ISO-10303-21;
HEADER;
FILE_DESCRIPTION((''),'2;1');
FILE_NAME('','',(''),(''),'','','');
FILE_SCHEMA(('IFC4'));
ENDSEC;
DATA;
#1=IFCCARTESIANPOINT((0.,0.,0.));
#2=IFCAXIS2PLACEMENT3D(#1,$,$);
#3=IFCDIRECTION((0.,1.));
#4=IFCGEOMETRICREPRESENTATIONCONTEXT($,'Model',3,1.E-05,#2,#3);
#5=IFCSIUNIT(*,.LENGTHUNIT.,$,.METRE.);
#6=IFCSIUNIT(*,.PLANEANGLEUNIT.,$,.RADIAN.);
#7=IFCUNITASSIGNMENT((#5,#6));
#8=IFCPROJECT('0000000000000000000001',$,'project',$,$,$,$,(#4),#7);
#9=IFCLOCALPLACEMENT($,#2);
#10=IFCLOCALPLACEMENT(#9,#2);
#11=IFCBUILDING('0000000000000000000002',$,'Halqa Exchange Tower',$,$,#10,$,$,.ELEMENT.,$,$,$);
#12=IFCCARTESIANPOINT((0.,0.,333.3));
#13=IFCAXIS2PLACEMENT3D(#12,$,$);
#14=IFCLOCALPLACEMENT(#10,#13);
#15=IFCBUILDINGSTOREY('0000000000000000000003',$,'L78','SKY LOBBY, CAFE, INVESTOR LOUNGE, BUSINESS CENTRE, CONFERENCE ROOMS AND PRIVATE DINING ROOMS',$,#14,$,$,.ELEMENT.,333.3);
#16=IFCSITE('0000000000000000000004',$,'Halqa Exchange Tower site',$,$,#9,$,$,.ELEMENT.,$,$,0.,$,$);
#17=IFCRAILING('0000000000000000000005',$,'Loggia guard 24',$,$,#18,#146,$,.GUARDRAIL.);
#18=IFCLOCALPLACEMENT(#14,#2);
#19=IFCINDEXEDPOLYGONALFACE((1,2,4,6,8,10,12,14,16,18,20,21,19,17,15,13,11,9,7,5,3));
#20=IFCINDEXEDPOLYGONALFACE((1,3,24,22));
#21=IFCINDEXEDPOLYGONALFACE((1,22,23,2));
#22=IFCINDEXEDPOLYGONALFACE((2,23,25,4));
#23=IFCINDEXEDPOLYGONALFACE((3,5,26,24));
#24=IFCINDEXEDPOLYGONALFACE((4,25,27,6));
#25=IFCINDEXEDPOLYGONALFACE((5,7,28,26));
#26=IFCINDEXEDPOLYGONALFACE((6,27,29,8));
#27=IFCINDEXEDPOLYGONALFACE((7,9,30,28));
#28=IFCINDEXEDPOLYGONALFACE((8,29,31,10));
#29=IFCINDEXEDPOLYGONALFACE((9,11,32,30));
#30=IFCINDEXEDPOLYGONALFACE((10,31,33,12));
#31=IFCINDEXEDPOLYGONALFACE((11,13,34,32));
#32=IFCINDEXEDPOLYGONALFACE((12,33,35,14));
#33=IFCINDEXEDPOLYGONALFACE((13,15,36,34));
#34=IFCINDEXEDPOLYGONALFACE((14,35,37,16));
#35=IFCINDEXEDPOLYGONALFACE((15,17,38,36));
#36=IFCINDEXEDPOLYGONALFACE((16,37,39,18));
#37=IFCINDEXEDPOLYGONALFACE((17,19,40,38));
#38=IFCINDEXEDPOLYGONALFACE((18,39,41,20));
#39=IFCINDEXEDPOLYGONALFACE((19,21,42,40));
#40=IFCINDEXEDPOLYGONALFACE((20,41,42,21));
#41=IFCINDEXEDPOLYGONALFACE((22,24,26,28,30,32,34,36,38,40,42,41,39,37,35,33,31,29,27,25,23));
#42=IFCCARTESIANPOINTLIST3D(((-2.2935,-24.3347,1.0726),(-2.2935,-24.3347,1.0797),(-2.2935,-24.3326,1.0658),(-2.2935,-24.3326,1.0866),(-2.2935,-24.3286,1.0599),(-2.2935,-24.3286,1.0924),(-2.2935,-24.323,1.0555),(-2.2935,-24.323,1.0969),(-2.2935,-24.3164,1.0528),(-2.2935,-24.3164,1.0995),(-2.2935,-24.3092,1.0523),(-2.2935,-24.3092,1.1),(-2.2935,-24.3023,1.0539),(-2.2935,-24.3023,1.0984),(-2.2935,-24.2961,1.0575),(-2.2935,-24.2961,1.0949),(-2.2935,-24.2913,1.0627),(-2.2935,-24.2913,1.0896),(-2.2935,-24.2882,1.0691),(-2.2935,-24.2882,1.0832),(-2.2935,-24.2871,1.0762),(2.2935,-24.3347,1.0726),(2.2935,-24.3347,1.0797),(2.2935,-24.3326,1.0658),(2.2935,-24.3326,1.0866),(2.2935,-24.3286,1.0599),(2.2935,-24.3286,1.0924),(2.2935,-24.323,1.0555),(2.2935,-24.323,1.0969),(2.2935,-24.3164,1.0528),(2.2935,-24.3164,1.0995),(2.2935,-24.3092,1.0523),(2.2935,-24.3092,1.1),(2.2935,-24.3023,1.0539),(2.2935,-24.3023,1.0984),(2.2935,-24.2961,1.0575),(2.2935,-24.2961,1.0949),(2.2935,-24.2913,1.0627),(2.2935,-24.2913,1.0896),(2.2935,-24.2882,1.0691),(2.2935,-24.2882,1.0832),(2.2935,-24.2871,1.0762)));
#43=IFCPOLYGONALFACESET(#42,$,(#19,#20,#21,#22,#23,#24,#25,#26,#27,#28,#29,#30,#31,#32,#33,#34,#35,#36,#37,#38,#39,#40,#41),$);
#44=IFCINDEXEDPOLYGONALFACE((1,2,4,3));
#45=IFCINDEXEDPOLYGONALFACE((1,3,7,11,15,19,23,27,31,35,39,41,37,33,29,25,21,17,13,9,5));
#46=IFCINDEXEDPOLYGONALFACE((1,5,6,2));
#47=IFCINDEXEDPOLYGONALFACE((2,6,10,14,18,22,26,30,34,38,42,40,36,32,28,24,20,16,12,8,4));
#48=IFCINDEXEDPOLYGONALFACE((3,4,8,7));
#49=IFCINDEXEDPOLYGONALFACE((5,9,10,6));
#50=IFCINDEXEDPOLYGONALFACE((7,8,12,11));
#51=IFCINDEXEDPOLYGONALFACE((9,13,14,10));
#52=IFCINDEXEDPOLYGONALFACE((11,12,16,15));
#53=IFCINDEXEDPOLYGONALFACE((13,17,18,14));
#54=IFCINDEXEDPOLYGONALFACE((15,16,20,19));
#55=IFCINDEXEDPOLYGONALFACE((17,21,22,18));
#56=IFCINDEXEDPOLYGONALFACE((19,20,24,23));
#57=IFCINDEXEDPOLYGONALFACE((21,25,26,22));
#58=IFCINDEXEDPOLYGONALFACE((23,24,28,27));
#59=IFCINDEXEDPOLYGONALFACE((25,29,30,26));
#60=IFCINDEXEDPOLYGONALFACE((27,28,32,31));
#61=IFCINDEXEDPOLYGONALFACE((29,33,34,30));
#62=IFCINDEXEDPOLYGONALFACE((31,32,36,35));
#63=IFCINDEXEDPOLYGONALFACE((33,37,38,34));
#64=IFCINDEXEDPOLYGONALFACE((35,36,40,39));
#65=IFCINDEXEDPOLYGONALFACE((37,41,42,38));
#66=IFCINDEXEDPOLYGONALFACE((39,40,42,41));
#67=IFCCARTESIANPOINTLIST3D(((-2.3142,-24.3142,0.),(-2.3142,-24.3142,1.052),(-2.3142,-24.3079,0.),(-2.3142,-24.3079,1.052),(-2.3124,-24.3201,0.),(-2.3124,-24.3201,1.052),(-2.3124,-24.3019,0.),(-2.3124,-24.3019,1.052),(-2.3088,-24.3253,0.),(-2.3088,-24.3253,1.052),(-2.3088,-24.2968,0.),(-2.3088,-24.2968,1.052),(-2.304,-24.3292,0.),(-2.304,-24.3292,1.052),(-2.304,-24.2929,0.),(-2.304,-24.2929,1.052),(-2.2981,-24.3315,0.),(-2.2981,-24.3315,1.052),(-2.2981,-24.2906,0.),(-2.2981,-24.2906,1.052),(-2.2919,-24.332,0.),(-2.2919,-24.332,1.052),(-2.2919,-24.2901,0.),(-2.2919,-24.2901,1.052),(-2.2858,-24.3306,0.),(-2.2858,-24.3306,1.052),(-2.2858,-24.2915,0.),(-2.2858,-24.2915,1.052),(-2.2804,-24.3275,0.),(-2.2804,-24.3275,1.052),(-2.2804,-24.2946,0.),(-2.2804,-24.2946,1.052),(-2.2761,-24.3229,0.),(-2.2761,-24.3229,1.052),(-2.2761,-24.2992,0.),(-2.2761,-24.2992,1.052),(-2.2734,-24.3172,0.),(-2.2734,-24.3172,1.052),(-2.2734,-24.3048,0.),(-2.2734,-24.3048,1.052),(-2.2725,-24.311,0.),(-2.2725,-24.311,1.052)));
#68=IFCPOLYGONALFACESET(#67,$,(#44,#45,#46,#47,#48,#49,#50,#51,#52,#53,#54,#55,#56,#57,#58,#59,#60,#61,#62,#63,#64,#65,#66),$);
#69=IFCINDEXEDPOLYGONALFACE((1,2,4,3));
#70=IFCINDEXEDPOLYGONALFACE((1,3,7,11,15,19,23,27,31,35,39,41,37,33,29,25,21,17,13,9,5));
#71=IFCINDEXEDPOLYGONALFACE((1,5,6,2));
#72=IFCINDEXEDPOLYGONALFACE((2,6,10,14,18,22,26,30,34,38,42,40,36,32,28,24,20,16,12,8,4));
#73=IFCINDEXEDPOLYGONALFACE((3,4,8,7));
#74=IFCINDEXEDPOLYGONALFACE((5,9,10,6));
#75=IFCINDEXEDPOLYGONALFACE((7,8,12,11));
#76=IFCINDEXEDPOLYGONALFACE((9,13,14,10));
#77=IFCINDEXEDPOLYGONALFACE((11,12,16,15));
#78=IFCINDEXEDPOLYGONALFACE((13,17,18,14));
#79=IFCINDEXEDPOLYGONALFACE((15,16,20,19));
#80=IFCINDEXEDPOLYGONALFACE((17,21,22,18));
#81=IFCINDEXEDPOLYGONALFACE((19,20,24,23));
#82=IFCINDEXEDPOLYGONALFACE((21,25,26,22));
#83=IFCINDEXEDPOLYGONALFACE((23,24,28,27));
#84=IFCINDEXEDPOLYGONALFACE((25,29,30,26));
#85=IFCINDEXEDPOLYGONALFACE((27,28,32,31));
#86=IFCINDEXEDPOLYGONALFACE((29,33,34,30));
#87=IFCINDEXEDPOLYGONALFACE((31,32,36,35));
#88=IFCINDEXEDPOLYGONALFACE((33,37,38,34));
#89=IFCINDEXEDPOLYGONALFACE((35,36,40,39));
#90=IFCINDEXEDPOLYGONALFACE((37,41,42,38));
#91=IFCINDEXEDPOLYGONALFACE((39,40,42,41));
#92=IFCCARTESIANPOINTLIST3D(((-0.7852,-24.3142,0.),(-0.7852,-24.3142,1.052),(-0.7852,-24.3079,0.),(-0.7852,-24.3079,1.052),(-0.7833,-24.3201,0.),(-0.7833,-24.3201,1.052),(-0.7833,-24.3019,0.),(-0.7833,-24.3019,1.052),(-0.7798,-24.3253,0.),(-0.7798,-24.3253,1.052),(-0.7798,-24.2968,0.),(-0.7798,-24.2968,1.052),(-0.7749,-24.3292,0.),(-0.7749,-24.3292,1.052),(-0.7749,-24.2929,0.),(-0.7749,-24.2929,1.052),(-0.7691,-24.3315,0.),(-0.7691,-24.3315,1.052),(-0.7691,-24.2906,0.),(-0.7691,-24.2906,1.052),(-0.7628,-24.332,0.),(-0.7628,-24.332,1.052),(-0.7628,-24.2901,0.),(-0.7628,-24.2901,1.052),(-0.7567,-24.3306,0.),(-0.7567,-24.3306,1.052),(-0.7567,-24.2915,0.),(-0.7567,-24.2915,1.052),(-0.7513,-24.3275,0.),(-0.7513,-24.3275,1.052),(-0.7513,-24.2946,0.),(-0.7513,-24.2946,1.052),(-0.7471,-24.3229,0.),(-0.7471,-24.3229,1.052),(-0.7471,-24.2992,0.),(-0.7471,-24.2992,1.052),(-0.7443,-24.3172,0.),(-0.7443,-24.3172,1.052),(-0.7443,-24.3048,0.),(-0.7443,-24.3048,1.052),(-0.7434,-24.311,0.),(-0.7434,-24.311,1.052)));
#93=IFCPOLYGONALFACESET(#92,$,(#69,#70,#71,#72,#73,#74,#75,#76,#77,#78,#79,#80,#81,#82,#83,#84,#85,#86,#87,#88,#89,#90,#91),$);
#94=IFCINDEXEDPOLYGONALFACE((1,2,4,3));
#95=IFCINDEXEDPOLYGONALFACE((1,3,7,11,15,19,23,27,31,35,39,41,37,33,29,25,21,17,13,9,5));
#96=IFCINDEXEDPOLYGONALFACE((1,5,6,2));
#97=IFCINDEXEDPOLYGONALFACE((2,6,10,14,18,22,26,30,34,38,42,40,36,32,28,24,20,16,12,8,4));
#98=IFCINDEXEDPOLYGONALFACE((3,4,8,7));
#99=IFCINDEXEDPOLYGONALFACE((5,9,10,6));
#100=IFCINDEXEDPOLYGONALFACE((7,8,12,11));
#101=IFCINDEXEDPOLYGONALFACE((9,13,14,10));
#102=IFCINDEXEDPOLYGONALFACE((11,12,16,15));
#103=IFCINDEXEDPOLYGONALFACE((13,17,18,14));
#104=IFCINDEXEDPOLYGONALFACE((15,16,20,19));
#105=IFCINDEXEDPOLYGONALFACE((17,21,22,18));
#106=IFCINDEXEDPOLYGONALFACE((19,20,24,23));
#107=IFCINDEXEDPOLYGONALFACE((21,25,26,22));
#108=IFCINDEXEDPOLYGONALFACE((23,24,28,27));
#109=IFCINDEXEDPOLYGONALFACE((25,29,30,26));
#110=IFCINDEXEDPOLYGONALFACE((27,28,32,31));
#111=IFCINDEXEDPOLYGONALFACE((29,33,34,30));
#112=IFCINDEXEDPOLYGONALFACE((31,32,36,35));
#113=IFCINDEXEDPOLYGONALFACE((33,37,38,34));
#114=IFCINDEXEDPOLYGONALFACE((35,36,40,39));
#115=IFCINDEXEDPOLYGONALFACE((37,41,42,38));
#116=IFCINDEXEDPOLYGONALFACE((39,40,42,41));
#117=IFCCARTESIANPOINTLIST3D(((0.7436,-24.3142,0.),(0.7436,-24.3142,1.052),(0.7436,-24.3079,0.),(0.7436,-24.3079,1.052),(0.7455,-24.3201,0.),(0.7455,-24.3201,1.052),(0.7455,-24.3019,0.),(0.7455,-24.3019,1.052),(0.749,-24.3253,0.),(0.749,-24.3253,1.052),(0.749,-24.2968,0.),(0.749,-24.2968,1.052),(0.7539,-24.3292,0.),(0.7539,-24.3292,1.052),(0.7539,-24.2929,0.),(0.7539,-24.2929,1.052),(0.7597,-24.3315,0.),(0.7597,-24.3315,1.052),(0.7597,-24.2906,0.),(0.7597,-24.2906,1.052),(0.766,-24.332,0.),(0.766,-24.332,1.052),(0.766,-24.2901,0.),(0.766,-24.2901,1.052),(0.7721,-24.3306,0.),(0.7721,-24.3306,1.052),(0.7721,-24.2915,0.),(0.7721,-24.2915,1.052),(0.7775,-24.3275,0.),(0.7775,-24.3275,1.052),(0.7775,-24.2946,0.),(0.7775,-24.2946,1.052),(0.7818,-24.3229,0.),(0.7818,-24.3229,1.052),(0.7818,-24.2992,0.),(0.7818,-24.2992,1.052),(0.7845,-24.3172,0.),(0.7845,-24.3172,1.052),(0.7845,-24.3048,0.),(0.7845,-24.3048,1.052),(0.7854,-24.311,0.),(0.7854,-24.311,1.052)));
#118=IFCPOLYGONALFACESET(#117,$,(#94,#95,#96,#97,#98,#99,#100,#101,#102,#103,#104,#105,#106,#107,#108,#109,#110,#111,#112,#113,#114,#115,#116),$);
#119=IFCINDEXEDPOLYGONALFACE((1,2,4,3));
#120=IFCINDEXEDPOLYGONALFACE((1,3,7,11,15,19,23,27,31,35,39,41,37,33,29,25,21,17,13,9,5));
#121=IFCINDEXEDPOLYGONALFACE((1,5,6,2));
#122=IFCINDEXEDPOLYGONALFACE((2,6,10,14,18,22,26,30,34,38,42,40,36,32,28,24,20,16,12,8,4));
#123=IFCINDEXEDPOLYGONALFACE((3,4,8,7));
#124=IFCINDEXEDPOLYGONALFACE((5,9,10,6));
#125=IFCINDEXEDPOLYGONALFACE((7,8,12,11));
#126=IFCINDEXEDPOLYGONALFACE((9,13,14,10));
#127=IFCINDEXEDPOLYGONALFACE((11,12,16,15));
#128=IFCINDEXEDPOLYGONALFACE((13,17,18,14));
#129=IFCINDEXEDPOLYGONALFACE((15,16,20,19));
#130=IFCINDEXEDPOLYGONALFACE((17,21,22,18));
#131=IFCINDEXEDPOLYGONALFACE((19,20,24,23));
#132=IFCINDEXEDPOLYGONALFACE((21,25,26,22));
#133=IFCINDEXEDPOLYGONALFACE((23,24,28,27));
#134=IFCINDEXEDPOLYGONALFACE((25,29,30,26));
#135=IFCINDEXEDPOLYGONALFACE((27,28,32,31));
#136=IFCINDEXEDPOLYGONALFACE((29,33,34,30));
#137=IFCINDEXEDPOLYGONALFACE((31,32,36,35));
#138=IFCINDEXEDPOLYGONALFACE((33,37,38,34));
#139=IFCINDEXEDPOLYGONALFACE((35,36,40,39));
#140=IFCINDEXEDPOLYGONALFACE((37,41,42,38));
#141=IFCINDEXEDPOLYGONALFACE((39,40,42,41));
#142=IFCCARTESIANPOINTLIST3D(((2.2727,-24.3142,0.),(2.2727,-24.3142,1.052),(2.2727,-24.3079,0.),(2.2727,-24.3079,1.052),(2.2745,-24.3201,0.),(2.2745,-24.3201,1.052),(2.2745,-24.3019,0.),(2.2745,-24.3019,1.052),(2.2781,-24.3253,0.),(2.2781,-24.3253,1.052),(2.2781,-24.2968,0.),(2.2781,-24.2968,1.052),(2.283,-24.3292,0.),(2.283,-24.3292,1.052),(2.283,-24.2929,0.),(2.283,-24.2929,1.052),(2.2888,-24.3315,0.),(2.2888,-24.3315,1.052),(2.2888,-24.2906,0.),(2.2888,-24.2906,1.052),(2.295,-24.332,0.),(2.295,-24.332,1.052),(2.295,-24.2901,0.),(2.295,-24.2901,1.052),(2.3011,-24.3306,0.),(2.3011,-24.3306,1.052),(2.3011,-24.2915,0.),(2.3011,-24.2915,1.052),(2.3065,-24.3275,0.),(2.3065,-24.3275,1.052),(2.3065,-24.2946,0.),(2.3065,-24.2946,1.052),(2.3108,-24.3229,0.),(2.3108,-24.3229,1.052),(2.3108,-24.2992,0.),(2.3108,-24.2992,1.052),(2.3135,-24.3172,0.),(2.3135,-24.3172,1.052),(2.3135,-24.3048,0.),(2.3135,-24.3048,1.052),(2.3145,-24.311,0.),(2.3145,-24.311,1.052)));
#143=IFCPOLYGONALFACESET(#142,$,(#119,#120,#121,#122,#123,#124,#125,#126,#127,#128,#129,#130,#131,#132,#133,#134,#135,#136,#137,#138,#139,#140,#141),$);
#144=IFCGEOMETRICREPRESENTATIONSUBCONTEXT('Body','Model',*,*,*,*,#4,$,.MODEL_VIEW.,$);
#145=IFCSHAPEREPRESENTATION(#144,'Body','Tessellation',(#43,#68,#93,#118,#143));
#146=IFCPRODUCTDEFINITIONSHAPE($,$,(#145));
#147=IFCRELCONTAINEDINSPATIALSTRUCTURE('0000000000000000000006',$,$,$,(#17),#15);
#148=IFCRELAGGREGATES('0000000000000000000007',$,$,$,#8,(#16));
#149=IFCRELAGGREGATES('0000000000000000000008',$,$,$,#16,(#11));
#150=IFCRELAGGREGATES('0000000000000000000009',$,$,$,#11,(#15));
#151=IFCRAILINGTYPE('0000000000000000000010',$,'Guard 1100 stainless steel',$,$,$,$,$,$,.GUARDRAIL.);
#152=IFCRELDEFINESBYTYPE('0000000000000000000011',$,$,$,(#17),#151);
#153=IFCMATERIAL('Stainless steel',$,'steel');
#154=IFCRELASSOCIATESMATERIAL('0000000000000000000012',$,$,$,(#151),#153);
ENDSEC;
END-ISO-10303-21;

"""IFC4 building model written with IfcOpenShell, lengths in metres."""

from ifc_helpers import new_model, si_unit, direction, frame, origin, origin_2d, place, context, subcontext, project, spatial, circle, extrude, material, type_object, element, save


model = new_model("IFC4")

# Units and contexts
model_context = context("Model", 3, precision=1e-05, world=origin(), true_north=direction((0.0, 1.0)))
body_context = subcontext(model_context, "Body", "Model", "MODEL_VIEW")
ifc_project = project(units=[si_unit("LENGTHUNIT", "METRE"), si_unit("PLANEANGLEUNIT", "RADIAN")], contexts=[model_context])

# Site, building, storey
site_placement = place(None, origin())
site = spatial("IfcSite", under=ifc_project, at=site_placement, Name="Halqa Exchange Tower site", CompositionType="ELEMENT", RefElevation=0.0)
building_placement = place(site_placement, origin())
building = spatial("IfcBuilding", under=site, at=building_placement, Name="Halqa Exchange Tower", CompositionType="ELEMENT")
storey_placement = place(building_placement, frame((0.0, 0.0, 333.3)))
storey = spatial("IfcBuildingStorey", under=building, at=storey_placement, Name="L78", Description="SKY LOBBY, CAFE, INVESTOR LOUNGE, BUSINESS CENTRE, CONFERENCE ROOMS AND PRIVATE DINING ROOMS", CompositionType="ELEMENT", Elevation=333.3)

# Railing
ifc_material_1 = material(Name="Stainless steel", Category="steel")
railing_type = type_object("IfcRailingType", Name="Guard 1100 stainless steel", PredefinedType="GUARDRAIL", material=ifc_material_1)
railing_1_placement = place(storey_placement, frame((-2.2935, -24.311, 0.0)))
element("IfcRailing", 1, at=railing_1_placement, inside=storey, type_object=railing_type, Name="Loggia guard 24", PredefinedType="GUARDRAIL", context=body_context, shape_type="SweptSolid", body=[
    extrude(circle(Radius=0.0239, at=origin_2d()), frame((0.0, 0.0, 1.0762), z_axis=(1.0, 0.0, 0.0), x_axis=(0.0, 1.0, 0.0)), (0.0, 0.0, 1.0), 4.5869),
    extrude(circle(Radius=0.021, at=origin_2d()), origin(), (0.0, 0.0, 1.0), 1.052),
    extrude(circle(Radius=0.021, at=origin_2d()), frame((1.5291, 0.0, 0.0)), (0.0, 0.0, 1.0), 1.052),
    extrude(circle(Radius=0.021, at=origin_2d()), frame((3.0579, 0.0, 0.0)), (0.0, 0.0, 1.0), 1.052),
    extrude(circle(Radius=0.021, at=origin_2d()), frame((4.5869, 0.0, 0.0)), (0.0, 0.0, 1.0), 1.052),
])

save(model, "model.ifc")
